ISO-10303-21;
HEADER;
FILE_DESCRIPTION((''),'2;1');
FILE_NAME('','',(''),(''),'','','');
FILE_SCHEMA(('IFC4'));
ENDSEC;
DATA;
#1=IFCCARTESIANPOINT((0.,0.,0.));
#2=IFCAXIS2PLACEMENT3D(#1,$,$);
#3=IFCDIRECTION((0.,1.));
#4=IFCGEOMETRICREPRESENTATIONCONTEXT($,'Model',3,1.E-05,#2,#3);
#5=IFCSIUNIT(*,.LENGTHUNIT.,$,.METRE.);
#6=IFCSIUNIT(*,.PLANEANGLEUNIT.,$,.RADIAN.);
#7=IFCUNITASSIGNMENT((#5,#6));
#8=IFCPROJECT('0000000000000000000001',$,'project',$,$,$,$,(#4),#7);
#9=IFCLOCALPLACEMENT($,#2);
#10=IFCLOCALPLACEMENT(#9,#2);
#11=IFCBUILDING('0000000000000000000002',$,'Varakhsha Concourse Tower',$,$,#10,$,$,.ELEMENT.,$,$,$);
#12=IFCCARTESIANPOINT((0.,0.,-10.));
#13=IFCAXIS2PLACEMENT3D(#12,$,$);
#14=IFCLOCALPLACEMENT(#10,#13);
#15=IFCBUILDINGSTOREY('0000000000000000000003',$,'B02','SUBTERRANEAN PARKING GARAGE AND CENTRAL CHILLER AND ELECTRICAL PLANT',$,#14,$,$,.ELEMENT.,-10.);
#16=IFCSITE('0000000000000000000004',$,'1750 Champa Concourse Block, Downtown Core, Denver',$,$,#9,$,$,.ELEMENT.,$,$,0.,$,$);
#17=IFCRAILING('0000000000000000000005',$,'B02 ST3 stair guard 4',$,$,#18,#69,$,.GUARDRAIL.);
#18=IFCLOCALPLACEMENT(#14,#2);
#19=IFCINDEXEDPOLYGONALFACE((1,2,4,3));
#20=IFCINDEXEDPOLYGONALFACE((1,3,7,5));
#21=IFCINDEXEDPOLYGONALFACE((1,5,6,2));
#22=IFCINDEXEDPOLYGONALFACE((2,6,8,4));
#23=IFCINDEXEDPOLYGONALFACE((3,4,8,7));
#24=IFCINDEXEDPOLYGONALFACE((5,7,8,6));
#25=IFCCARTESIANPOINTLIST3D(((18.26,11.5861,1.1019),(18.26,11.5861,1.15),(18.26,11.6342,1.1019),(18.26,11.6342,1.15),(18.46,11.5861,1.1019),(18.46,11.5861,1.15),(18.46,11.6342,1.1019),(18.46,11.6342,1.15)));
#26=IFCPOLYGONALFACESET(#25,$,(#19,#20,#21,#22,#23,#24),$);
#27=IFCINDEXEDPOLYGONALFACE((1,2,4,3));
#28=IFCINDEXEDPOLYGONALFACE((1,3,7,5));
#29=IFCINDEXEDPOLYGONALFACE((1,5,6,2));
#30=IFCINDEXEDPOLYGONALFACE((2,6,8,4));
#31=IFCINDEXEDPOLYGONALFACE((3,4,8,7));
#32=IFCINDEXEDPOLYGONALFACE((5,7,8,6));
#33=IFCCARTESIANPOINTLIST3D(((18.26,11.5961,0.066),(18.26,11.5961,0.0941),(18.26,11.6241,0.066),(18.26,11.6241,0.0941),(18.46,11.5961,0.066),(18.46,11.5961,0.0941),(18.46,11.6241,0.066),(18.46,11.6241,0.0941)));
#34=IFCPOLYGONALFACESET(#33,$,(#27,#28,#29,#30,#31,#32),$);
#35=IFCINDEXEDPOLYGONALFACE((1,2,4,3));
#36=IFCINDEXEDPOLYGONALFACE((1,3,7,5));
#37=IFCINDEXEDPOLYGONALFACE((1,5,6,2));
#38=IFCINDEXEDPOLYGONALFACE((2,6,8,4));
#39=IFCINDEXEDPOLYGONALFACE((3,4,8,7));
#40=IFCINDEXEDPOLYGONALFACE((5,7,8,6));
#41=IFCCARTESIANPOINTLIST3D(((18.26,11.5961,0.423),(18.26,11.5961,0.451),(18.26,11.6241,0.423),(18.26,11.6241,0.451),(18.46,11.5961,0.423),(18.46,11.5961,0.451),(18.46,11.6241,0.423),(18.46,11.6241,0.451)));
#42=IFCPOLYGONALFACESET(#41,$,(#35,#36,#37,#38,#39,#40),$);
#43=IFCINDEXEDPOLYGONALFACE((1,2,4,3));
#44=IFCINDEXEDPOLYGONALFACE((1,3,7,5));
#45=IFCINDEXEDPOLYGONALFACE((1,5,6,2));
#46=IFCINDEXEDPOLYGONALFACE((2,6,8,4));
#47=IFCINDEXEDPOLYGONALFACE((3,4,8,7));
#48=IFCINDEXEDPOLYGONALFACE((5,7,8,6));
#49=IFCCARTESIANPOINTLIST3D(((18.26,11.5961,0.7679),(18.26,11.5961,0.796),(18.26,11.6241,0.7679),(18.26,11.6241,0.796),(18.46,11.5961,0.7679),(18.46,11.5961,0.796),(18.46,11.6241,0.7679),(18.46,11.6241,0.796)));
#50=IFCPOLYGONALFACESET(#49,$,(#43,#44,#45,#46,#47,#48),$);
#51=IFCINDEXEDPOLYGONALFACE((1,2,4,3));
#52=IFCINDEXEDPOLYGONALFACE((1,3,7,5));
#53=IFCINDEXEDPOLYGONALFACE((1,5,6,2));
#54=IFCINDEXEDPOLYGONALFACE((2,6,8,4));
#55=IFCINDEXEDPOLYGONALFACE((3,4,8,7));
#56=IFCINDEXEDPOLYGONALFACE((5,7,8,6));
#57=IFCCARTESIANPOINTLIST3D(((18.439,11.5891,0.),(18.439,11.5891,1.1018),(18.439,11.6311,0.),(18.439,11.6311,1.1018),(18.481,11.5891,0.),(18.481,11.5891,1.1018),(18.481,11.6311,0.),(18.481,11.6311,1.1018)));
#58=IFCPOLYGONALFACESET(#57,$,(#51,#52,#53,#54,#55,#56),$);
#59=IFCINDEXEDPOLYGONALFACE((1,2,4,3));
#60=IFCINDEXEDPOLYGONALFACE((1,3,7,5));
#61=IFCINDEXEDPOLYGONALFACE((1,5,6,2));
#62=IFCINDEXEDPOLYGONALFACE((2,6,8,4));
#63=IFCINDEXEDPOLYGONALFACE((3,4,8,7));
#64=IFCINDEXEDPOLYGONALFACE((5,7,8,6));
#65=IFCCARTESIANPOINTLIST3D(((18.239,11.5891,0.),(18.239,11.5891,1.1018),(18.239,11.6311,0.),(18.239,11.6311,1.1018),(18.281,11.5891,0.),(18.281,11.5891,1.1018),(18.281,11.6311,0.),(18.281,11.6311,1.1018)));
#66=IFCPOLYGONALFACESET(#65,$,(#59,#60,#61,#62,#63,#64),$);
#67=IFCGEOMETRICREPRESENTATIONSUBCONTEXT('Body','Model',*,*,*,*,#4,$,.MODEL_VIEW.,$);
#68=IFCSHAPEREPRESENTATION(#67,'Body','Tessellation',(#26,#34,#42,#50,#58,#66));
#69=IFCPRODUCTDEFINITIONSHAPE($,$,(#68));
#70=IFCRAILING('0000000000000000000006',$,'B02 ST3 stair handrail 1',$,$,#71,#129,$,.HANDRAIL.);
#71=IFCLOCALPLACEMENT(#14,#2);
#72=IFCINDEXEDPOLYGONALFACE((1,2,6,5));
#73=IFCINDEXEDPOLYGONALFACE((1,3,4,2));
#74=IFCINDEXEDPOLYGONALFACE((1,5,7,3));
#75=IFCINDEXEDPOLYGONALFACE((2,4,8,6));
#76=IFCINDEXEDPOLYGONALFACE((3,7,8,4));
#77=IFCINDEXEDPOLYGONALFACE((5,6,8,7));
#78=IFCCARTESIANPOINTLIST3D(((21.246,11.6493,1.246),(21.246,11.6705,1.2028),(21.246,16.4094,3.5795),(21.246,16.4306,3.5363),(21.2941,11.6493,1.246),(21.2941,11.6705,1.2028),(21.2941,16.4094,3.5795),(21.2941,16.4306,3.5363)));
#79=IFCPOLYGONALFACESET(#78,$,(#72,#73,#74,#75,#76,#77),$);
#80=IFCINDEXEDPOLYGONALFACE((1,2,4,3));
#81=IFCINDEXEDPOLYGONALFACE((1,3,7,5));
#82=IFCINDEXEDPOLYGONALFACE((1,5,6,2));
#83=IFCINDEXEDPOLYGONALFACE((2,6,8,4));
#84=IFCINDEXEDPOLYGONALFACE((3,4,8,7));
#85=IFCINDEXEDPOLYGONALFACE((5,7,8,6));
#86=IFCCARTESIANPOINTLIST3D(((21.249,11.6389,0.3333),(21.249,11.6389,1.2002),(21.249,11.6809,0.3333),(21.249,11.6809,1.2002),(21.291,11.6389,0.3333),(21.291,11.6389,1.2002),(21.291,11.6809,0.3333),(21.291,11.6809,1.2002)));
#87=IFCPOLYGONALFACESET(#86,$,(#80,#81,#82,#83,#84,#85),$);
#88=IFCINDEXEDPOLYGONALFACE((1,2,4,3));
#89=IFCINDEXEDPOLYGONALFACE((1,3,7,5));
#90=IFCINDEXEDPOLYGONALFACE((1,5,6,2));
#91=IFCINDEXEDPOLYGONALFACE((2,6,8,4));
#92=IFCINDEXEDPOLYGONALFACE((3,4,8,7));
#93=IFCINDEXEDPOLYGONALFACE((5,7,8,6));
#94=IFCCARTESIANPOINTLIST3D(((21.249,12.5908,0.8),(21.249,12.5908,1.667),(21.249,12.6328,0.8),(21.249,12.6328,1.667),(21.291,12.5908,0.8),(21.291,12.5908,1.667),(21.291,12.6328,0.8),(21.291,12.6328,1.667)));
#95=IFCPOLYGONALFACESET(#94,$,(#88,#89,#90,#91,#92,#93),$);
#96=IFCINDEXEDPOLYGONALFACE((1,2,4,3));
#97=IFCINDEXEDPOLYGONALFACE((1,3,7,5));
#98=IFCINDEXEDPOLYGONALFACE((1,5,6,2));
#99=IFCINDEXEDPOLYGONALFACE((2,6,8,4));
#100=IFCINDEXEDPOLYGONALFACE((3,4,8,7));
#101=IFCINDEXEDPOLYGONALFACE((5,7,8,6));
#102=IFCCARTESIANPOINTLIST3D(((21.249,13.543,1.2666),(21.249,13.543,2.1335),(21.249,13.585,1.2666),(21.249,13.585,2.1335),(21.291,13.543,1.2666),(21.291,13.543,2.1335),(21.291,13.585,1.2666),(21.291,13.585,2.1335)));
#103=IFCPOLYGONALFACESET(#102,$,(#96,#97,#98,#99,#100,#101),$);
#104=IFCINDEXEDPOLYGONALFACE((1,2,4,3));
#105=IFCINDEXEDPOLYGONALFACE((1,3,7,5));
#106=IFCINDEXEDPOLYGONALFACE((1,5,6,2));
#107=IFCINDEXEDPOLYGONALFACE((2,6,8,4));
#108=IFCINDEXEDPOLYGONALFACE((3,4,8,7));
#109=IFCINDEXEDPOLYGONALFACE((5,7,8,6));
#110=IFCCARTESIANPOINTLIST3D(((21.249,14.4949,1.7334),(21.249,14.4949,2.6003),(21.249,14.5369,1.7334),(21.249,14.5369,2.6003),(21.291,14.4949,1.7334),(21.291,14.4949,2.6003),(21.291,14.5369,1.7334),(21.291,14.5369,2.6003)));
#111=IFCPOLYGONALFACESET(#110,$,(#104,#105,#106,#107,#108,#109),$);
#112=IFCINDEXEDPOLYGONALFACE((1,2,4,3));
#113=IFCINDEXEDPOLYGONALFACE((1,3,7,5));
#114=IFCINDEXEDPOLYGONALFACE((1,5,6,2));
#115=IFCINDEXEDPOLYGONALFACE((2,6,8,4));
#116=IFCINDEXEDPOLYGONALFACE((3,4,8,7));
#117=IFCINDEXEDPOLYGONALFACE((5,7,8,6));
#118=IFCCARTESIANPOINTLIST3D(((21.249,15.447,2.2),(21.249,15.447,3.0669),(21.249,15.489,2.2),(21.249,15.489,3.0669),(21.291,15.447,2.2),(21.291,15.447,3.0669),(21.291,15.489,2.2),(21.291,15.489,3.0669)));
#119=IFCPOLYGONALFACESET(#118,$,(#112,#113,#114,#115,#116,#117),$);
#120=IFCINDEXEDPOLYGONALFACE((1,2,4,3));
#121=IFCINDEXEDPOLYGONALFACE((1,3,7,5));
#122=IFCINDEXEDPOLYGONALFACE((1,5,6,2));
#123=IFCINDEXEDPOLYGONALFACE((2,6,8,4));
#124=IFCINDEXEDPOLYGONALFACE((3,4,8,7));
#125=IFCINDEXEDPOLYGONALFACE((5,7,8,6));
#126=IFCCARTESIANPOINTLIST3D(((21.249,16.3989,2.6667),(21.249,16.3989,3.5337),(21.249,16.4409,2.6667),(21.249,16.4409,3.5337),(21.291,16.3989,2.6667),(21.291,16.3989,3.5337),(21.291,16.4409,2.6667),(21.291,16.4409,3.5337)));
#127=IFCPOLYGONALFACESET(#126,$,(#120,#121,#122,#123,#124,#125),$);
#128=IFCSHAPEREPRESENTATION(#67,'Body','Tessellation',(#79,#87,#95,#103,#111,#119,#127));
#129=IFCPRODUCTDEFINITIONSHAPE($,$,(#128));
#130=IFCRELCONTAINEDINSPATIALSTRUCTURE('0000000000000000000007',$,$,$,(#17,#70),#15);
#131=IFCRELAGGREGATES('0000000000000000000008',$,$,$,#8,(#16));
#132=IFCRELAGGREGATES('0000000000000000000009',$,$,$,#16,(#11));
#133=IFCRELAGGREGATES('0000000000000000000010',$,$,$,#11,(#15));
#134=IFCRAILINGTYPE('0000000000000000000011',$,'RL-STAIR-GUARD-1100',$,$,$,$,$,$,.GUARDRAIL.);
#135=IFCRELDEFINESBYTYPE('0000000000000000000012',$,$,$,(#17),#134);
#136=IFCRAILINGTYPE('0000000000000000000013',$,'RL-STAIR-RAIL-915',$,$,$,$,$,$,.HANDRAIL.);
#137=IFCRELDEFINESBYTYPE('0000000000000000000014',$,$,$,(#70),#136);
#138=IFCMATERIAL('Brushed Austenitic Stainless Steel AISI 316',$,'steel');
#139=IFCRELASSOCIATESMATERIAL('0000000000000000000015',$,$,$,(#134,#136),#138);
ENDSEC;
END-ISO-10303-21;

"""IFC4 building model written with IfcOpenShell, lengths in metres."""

from ifc_helpers import new_model, si_unit, direction, frame, origin, origin_2d, place, context, subcontext, project, spatial, rectangle, extrude, material, type_object, element, save


model = new_model("IFC4")

# Units and contexts
model_context = context("Model", 3, precision=1e-05, world=origin(), true_north=direction((0.0, 1.0)))
body_context = subcontext(model_context, "Body", "Model", "MODEL_VIEW")
ifc_project = project(units=[si_unit("LENGTHUNIT", "METRE"), si_unit("PLANEANGLEUNIT", "RADIAN")], contexts=[model_context])

# Site, building, storey
site_placement = place(None, origin())
site = spatial("IfcSite", under=ifc_project, at=site_placement, Name="1750 Champa Concourse Block, Downtown Core, Denver", CompositionType="ELEMENT", RefElevation=0.0)
building_placement = place(site_placement, origin())
building = spatial("IfcBuilding", under=site, at=building_placement, Name="Varakhsha Concourse Tower", CompositionType="ELEMENT")
storey_placement = place(building_placement, frame((0.0, 0.0, -10.0)))
storey = spatial("IfcBuildingStorey", under=building, at=storey_placement, Name="B02", Description="SUBTERRANEAN PARKING GARAGE AND CENTRAL CHILLER AND ELECTRICAL PLANT", CompositionType="ELEMENT", Elevation=-10.0)

# Railings
ifc_material_1 = material(Name="Brushed Austenitic Stainless Steel AISI 316", Category="steel")
railing_type_1 = type_object("IfcRailingType", Name="RL-STAIR-GUARD-1100", PredefinedType="GUARDRAIL", material=ifc_material_1)
railing_1_placement = place(storey_placement, frame((18.46, 11.6101, 0.0)))
element("IfcRailing", 1, at=railing_1_placement, inside=storey, type_object=railing_type_1, Name="B02 ST3 stair guard 4", PredefinedType="GUARDRAIL", context=body_context, shape_type="SweptSolid", body=[
    extrude(rectangle(XDim=0.0481, YDim=0.0481, at=origin_2d()), frame((0.0, 0.0, 1.126), z_axis=(-1.0, 0.0, 0.0), x_axis=(0.0, -1.0, 0.0)), (0.0, 0.0, 1.0), 0.2),
    extrude(rectangle(XDim=0.0281, YDim=0.0281, at=origin_2d()), frame((0.0, 0.0, 0.0801), z_axis=(-1.0, 0.0, 0.0), x_axis=(0.0, -1.0, 0.0)), (0.0, 0.0, 1.0), 0.2),
    extrude(rectangle(XDim=0.0281, YDim=0.0281, at=origin_2d()), frame((0.0, 0.0, 0.437), z_axis=(-1.0, 0.0, 0.0), x_axis=(0.0, -1.0, 0.0)), (0.0, 0.0, 1.0), 0.2),
    extrude(rectangle(XDim=0.0281, YDim=0.0281, at=origin_2d()), frame((0.0, 0.0, 0.782), z_axis=(-1.0, 0.0, 0.0), x_axis=(0.0, -1.0, 0.0)), (0.0, 0.0, 1.0), 0.2),
    extrude(rectangle(XDim=0.042, YDim=0.042, at=origin_2d()), origin(), (0.0, 0.0, 1.0), 1.1018),
    extrude(rectangle(XDim=0.042, YDim=0.042, at=origin_2d()), frame((-0.2, 0.0, 0.0)), (0.0, 0.0, 1.0), 1.1018),
])
railing_type_2 = type_object("IfcRailingType", Name="RL-STAIR-RAIL-915", PredefinedType="HANDRAIL", material=ifc_material_1)
railing_2_placement = place(storey_placement, frame((21.27, 11.6599, 0.3333)))
element("IfcRailing", 2, at=railing_2_placement, inside=storey, type_object=railing_type_2, Name="B02 ST3 stair handrail 1", PredefinedType="HANDRAIL", context=body_context, shape_type="SweptSolid", body=[
    extrude(rectangle(XDim=0.0481, YDim=0.0481, at=origin_2d()), frame((0.0, 0.0, 0.8911), z_axis=(0.0, 0.897909, 0.440181), x_axis=(-1.0, 0.0, 0.0)), (0.0, 0.0, 1.0), 5.3013),
    extrude(rectangle(XDim=0.042, YDim=0.042, at=origin_2d()), origin(), (0.0, 0.0, 1.0), 0.8669),
    extrude(rectangle(XDim=0.042, YDim=0.042, at=origin_2d()), frame((0.0, 0.9519, 0.4668)), (0.0, 0.0, 1.0), 0.8669),
    extrude(rectangle(XDim=0.042, YDim=0.042, at=origin_2d()), frame((0.0, 1.9041, 0.9333)), (0.0, 0.0, 1.0), 0.8669),
    extrude(rectangle(XDim=0.042, YDim=0.042, at=origin_2d()), frame((0.0, 2.856, 1.4001)), (0.0, 0.0, 1.0), 0.8669),
    extrude(rectangle(XDim=0.042, YDim=0.042, at=origin_2d()), frame((0.0, 3.8081, 1.8667)), (0.0, 0.0, 1.0), 0.8669),
    extrude(rectangle(XDim=0.042, YDim=0.042, at=origin_2d()), frame((0.0, 4.76, 2.3335)), (0.0, 0.0, 1.0), 0.8669),
])

save(model, "model.ifc")
